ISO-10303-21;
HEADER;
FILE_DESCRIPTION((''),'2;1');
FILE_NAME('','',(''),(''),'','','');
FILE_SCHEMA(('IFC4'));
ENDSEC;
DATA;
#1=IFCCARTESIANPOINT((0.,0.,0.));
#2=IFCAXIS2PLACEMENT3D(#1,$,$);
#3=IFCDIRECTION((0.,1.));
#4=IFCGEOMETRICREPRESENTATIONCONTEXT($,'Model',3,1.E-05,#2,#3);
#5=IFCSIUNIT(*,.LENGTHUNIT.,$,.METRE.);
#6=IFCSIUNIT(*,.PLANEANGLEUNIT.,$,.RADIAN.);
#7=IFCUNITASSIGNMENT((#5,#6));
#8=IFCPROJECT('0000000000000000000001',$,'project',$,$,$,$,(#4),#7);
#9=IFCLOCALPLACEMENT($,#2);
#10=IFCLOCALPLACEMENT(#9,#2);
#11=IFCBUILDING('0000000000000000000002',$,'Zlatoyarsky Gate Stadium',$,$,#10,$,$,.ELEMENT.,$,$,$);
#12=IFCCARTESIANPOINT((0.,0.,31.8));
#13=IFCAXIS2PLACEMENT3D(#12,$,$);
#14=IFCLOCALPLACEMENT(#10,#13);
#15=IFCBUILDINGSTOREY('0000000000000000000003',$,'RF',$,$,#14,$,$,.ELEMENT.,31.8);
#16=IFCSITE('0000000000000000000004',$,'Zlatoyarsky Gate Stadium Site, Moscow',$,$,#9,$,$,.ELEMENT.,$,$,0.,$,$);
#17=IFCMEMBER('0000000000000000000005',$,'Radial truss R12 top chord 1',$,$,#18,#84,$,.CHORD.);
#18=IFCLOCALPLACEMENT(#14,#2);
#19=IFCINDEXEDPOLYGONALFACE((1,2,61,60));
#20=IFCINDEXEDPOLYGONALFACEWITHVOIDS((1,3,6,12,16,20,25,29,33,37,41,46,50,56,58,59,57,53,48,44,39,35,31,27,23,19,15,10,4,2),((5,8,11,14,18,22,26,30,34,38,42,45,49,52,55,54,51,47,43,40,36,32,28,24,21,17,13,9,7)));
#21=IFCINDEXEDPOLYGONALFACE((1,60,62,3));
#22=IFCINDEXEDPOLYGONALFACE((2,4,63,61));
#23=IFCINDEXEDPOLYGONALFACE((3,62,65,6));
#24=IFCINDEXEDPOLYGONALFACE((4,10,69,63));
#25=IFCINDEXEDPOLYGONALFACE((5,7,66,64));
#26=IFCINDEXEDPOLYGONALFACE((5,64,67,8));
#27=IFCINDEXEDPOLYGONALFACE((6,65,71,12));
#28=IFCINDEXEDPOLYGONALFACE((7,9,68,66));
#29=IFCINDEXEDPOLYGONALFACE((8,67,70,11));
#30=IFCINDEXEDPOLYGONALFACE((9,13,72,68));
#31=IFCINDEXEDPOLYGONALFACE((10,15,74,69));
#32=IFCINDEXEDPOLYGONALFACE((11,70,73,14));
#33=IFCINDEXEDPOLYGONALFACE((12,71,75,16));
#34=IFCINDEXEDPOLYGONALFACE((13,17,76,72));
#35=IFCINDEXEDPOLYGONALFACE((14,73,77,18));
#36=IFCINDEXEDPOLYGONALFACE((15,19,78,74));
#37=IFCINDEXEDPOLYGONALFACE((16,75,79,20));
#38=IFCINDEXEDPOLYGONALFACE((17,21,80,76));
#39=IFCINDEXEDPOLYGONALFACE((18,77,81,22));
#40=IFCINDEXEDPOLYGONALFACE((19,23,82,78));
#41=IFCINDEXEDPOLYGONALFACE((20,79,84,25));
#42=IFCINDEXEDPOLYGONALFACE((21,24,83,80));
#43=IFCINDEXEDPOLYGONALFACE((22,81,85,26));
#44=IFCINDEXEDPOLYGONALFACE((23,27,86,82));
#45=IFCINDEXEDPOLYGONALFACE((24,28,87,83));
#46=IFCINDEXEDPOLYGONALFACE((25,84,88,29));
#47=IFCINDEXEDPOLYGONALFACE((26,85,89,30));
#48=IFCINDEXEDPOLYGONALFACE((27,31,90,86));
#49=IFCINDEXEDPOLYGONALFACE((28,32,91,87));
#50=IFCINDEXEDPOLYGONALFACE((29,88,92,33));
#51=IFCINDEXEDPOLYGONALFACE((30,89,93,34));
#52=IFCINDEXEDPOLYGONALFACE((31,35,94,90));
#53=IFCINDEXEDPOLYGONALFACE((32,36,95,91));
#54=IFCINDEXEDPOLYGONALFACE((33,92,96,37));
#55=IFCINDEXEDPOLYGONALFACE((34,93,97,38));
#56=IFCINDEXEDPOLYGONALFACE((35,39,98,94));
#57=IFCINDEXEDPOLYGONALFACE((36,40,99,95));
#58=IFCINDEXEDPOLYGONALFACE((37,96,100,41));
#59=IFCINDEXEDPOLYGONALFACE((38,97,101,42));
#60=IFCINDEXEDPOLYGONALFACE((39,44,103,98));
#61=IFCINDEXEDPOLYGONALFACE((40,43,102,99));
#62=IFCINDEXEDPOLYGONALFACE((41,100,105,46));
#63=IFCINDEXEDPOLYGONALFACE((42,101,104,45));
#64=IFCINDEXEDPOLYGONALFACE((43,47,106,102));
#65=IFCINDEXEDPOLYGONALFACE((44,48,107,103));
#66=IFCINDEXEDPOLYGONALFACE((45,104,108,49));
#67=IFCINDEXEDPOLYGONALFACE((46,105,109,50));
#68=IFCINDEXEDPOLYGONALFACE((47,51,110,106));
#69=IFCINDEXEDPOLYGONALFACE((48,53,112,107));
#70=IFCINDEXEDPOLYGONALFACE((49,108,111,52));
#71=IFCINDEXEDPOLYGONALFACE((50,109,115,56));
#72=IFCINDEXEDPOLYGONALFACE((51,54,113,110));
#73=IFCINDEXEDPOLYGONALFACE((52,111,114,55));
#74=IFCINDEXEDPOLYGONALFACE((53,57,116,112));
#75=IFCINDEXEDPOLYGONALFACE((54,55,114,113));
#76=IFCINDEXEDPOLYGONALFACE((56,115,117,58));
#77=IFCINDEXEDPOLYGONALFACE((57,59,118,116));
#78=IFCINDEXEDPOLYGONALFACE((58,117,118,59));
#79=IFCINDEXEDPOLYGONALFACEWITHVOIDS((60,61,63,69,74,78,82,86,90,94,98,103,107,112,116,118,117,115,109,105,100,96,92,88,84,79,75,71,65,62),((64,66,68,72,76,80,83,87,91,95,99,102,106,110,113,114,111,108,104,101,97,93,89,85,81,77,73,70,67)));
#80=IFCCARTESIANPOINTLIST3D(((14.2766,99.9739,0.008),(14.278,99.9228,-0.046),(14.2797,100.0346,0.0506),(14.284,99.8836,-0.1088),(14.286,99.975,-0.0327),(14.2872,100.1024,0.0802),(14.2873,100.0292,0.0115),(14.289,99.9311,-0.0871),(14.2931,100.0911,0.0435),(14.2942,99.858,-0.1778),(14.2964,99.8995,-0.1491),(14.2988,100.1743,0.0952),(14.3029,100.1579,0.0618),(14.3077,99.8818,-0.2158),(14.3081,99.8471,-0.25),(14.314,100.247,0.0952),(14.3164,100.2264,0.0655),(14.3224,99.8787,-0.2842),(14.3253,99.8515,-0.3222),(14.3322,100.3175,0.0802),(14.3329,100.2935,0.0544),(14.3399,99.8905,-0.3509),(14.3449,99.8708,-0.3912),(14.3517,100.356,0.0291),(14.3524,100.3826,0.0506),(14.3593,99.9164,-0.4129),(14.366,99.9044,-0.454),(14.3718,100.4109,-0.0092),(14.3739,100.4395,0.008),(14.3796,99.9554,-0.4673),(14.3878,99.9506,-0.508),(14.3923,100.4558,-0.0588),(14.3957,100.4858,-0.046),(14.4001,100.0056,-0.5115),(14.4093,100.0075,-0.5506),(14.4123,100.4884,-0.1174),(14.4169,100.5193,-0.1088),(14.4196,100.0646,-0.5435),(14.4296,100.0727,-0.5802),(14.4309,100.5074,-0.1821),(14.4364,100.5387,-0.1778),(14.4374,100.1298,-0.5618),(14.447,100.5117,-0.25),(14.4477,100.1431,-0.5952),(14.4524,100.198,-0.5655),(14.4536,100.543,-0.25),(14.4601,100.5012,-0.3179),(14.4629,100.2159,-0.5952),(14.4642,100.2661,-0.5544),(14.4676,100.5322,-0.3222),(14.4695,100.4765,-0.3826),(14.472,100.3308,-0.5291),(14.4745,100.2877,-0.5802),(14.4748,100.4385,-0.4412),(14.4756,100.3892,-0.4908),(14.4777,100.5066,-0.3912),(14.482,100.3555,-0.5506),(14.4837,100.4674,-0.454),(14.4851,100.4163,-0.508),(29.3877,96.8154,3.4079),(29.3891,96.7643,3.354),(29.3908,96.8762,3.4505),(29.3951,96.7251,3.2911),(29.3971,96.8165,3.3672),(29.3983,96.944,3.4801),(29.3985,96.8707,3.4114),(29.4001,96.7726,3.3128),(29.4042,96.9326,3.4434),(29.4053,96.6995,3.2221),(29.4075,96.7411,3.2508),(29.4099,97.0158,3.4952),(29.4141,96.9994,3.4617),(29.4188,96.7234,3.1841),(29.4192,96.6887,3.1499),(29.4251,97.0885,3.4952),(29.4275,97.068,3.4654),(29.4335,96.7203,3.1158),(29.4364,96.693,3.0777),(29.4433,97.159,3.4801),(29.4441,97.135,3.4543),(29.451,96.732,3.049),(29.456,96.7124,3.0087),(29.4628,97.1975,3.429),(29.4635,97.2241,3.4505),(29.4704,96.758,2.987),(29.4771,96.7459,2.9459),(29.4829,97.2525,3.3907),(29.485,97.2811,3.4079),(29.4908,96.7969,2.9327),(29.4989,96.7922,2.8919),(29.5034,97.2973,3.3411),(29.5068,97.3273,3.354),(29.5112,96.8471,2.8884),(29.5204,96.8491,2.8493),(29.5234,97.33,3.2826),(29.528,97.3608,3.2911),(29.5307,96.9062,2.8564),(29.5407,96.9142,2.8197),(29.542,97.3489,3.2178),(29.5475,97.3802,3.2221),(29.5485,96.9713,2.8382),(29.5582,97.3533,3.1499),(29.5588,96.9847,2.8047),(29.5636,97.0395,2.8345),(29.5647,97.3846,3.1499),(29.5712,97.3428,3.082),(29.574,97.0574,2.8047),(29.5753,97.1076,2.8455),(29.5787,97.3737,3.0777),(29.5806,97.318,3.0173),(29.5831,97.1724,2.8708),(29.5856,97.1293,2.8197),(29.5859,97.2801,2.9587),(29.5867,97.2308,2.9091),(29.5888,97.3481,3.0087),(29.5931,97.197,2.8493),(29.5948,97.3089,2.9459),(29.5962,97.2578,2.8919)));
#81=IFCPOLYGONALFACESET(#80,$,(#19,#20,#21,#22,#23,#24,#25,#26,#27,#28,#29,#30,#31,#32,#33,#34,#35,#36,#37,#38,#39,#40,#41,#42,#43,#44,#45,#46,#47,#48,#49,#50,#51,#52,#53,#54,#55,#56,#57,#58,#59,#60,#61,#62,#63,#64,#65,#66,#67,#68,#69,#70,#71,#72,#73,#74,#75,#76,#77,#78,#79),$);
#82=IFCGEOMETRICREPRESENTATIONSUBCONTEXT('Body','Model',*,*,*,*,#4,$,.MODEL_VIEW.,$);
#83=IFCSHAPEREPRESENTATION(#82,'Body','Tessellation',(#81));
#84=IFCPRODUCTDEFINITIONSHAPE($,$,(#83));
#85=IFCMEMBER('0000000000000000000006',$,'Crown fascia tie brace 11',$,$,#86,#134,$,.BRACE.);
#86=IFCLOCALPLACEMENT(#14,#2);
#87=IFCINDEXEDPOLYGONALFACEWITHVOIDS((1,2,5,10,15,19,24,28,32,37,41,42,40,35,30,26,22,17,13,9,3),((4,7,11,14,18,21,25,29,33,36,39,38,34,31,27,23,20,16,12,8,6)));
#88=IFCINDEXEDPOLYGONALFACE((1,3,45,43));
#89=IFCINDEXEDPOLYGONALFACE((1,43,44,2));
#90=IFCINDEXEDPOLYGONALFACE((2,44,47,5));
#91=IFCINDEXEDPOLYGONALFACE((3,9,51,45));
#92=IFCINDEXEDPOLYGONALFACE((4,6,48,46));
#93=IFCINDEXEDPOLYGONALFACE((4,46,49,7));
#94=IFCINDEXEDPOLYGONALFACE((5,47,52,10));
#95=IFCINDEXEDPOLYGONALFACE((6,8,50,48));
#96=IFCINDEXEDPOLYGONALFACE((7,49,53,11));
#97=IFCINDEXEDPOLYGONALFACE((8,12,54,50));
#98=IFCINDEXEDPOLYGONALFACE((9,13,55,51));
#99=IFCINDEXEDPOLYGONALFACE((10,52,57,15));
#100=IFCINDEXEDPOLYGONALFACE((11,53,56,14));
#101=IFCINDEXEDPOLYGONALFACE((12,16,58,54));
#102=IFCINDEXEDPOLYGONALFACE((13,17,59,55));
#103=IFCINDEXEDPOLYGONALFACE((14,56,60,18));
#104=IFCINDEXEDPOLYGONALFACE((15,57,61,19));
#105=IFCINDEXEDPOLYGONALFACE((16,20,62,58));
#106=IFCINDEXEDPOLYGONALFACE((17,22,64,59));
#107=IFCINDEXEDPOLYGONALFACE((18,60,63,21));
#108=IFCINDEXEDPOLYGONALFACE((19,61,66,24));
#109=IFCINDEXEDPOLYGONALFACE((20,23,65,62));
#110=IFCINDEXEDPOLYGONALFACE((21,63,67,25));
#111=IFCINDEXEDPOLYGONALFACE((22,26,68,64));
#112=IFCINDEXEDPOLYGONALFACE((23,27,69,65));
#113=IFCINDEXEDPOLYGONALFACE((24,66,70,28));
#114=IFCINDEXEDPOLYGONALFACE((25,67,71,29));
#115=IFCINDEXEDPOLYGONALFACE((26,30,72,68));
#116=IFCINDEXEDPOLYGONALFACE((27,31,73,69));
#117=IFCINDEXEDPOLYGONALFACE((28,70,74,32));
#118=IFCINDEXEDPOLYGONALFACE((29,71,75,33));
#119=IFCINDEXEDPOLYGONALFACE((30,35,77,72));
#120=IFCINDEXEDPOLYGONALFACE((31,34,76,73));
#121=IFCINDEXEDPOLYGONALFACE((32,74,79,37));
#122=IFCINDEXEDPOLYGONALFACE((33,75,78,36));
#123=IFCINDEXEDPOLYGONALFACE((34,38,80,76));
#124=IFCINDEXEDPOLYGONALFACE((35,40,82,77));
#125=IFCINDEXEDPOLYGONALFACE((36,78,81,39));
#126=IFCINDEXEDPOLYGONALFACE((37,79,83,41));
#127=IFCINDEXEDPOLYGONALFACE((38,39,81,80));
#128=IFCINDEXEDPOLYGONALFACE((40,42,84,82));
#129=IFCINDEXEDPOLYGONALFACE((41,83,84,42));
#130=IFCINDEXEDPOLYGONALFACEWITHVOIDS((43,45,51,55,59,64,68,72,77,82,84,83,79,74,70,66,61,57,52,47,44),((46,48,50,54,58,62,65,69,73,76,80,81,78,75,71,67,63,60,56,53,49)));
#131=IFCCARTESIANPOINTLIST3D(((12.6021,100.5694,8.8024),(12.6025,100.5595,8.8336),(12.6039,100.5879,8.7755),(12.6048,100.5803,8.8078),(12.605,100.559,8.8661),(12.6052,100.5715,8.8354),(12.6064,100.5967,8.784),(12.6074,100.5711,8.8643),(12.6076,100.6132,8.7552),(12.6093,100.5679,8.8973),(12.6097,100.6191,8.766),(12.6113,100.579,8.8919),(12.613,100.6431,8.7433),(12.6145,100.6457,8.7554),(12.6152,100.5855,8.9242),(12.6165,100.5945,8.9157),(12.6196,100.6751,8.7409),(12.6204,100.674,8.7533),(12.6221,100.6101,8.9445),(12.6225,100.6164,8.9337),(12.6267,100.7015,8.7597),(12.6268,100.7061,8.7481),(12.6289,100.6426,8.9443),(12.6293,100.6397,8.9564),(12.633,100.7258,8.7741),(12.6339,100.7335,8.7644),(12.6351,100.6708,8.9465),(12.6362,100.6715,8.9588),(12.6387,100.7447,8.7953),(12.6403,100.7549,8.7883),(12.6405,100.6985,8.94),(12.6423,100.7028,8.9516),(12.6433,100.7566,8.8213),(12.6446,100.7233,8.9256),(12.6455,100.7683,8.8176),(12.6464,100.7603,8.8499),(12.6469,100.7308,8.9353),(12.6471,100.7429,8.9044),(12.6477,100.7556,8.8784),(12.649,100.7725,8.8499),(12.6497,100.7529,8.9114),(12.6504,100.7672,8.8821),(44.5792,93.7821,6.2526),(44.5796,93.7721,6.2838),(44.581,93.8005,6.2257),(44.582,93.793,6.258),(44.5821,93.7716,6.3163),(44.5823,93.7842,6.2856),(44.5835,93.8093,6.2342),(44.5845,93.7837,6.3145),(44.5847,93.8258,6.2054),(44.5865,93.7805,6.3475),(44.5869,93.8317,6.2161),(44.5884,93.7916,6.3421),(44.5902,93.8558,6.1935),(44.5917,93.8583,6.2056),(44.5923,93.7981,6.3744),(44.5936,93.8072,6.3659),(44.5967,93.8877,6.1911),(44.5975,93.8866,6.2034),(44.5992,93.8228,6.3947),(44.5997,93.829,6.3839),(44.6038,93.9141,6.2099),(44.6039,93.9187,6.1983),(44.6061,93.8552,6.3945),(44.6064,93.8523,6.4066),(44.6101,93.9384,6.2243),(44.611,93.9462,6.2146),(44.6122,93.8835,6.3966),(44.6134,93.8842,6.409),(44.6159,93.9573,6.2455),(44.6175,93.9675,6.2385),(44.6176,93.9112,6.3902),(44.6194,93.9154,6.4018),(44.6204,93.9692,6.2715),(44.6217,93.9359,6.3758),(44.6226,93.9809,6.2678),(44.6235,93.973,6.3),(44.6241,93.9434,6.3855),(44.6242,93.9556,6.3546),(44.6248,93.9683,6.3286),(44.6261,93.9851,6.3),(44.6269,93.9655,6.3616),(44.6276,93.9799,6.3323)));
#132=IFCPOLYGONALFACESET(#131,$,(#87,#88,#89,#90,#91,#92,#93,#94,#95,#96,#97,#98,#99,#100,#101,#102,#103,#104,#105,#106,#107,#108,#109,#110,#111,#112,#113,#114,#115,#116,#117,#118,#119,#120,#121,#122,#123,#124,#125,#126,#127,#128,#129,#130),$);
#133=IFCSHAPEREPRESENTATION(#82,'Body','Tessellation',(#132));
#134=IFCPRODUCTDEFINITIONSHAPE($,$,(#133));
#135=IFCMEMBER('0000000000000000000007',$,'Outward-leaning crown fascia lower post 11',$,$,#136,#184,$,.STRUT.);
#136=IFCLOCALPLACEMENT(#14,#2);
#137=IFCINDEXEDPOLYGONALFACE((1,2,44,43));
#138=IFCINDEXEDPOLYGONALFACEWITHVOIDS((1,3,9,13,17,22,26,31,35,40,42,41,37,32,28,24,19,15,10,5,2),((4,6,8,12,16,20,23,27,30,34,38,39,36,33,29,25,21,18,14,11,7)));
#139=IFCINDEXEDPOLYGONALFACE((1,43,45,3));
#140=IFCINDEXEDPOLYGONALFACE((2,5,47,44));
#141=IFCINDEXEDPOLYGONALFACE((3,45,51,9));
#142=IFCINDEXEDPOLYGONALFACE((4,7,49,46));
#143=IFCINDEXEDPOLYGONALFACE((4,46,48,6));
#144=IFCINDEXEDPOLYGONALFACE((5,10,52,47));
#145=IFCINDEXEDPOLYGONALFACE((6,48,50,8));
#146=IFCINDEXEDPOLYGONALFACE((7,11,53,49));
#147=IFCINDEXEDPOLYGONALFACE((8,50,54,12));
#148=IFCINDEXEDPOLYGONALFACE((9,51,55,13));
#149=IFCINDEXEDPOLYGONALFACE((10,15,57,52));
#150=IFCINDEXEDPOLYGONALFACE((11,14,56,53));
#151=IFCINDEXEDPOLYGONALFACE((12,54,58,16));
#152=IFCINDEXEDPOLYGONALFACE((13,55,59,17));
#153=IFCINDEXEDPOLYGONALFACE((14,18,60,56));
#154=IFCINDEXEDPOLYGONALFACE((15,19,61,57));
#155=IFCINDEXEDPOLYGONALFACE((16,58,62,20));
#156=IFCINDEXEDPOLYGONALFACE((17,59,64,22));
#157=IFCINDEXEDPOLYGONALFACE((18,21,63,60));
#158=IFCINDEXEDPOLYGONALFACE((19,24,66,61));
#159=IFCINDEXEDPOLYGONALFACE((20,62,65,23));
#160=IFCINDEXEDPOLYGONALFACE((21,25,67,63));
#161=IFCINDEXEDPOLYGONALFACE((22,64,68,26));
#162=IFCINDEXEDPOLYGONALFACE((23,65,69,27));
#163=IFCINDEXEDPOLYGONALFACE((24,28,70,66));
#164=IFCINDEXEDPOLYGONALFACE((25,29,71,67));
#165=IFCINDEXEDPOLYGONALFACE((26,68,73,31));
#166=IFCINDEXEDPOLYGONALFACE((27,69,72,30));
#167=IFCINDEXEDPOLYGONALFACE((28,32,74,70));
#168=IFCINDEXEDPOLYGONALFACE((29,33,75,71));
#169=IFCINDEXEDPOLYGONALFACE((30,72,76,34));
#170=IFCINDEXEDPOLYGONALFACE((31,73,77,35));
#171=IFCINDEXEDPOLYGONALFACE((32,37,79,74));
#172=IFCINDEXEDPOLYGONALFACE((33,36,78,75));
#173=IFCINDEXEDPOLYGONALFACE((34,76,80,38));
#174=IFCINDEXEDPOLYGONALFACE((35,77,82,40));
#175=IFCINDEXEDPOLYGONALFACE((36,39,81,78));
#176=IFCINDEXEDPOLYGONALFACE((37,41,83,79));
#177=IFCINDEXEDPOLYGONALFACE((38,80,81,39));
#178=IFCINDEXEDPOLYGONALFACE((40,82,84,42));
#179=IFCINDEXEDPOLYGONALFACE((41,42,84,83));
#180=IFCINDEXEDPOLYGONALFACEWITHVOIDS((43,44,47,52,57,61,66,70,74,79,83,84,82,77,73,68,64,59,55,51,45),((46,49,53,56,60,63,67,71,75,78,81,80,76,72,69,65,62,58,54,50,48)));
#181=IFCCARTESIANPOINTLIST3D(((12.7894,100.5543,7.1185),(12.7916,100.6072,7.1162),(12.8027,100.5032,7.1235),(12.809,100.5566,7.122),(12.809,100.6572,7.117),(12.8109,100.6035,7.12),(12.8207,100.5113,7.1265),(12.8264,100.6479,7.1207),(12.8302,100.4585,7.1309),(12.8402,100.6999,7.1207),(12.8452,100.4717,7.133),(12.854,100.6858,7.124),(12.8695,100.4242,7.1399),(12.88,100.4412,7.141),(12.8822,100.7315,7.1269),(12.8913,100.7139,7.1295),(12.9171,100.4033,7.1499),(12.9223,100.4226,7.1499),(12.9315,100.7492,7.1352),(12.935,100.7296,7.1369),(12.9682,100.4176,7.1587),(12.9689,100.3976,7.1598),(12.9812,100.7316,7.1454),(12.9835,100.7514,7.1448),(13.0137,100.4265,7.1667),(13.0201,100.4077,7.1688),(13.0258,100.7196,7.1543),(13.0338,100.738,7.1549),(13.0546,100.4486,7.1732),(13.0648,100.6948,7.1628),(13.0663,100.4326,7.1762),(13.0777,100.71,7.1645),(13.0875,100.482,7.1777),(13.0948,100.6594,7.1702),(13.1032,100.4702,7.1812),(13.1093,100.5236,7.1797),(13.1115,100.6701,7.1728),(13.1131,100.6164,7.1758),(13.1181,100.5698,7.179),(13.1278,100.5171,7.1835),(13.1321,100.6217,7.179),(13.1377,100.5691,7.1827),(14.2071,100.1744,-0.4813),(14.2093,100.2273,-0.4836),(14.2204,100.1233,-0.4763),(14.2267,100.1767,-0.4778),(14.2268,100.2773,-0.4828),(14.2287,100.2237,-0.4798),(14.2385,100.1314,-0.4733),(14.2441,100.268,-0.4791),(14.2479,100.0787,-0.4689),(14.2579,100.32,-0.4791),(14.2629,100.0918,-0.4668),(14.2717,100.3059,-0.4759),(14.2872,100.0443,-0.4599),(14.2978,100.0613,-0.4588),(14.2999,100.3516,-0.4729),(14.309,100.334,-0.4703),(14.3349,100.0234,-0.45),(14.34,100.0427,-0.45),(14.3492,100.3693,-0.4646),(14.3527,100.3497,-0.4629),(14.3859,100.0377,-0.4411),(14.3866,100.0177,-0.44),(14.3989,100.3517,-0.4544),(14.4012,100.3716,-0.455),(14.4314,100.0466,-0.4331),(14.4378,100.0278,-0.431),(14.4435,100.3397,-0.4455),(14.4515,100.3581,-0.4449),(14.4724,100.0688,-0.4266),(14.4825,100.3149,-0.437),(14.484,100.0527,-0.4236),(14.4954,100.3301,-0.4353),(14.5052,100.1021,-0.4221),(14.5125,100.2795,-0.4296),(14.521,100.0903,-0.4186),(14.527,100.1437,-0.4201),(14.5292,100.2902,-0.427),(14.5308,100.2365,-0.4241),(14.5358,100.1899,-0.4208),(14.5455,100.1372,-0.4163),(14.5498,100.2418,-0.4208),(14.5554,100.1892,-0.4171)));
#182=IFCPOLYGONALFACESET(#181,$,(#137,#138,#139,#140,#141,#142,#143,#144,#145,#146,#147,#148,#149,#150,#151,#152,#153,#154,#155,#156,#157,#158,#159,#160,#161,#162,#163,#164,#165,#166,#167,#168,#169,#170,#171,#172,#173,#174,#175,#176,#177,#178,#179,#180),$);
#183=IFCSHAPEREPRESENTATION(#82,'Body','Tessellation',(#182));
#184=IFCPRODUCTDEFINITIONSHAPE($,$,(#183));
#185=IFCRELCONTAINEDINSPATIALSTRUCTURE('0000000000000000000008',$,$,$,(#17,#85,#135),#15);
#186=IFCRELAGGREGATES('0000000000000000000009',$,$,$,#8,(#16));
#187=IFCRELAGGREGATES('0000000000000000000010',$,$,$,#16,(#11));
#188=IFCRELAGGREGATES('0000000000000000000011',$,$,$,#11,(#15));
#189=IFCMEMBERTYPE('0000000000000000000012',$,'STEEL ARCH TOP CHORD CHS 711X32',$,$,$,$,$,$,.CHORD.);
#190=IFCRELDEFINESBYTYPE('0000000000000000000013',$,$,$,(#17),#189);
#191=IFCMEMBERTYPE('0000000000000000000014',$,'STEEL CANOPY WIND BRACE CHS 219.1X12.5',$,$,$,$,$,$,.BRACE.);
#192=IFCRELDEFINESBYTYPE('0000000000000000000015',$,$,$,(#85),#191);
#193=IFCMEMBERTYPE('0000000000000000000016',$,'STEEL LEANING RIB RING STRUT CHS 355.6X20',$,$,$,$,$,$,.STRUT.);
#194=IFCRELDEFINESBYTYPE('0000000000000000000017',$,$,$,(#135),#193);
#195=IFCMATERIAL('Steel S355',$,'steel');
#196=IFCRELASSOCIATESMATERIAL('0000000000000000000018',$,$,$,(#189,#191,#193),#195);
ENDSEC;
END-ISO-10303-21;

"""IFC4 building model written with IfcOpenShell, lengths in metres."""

from ifc_helpers import new_model, si_unit, direction, frame, origin, origin_2d, place, context, subcontext, project, spatial, hollow_circle, extrude, material, material_profile, profile_set, type_object, element, save


model = new_model("IFC4")

# Units and contexts
model_context = context("Model", 3, precision=1e-05, world=origin(), true_north=direction((0.0, 1.0)))
body_context = subcontext(model_context, "Body", "Model", "MODEL_VIEW")
ifc_project = project(units=[si_unit("LENGTHUNIT", "METRE"), si_unit("PLANEANGLEUNIT", "RADIAN")], contexts=[model_context])

# Site, building, storey
site_placement = place(None, origin())
site = spatial("IfcSite", under=ifc_project, at=site_placement, Name="Zlatoyarsky Gate Stadium Site, Moscow", CompositionType="ELEMENT", RefElevation=0.0)
building_placement = place(site_placement, origin())
building = spatial("IfcBuilding", under=site, at=building_placement, Name="Zlatoyarsky Gate Stadium", CompositionType="ELEMENT")
storey_placement = place(building_placement, frame((0.0, 0.0, 31.8)))
storey = spatial("IfcBuildingStorey", under=building, at=storey_placement, Name="RF", CompositionType="ELEMENT", Elevation=31.8)

# Members
ifc_material_1 = material(Name="Steel S355", Category="steel")
ifc_material_profile_1 = material_profile(ifc_material_1, hollow_circle(Radius=0.3555, WallThickness=0.032, at=origin_2d()), Name="CHS 711X32")
ifc_profile_set_1 = profile_set([ifc_material_profile_1], Name="Steel S355")
member_type_1 = type_object("IfcMemberType", Name="STEEL ARCH TOP CHORD CHS 711X32", PredefinedType="CHORD", material=ifc_profile_set_1)
member_1_placement = place(storey_placement, frame((14.3809, 100.1951, -0.25), z_axis=(0.955938, -0.199806, 0.21508), x_axis=(0.204594, 0.978847, 0.0)))
element("IfcMember", 1, at=member_1_placement, inside=storey, type_object=member_type_1, Name="Radial truss R12 top chord 1", PredefinedType="CHORD", context=body_context, shape_type="SweptSolid", body=[
    extrude(hollow_circle(Radius=0.3555, WallThickness=0.032, at=origin_2d()), origin(), (0.0, 0.0, 1.0), 15.8076),
])
ifc_material_profile_2 = material_profile(ifc_material_1, hollow_circle(Radius=0.1096, WallThickness=0.0125, at=origin_2d()), Name="CHS 219.1X12.5")
ifc_profile_set_2 = profile_set([ifc_material_profile_2], Name="Steel S355")
member_type_2 = type_object("IfcMemberType", Name="STEEL CANOPY WIND BRACE CHS 219.1X12.5", PredefinedType="BRACE", material=ifc_profile_set_2)
member_2_placement = place(storey_placement, frame((12.6262, 100.6653, 8.8499), z_axis=(0.975245, -0.207003, -0.077765), x_axis=(0.207631, 0.978207, 0.0)))
element("IfcMember", 2, at=member_2_placement, inside=storey, type_object=member_type_2, Name="Crown fascia tie brace 11", PredefinedType="BRACE", context=body_context, shape_type="SweptSolid", body=[
    extrude(hollow_circle(Radius=0.1096, WallThickness=0.0125, at=origin_2d()), origin(), (0.0, 0.0, 1.0), 32.7888),
])
ifc_material_profile_3 = material_profile(ifc_material_1, hollow_circle(Radius=0.1777, WallThickness=0.02, at=origin_2d()), Name="CHS 355.6X20")
ifc_profile_set_3 = profile_set([ifc_material_profile_3], Name="Steel S355")
member_type_3 = type_object("IfcMemberType", Name="STEEL LEANING RIB RING STRUT CHS 355.6X20", PredefinedType="STRUT", material=ifc_profile_set_3)
member_3_placement = place(storey_placement, frame((14.3809, 100.1951, -0.45), z_axis=(-0.183162, 0.049079, 0.981857), x_axis=(-0.258822, -0.965925, 0.0)))
element("IfcMember", 3, at=member_3_placement, inside=storey, type_object=member_type_3, Name="Outward-leaning crown fascia lower post 11", PredefinedType="STRUT", context=body_context, shape_type="SweptSolid", body=[
    extrude(hollow_circle(Radius=0.1777, WallThickness=0.02, at=origin_2d()), origin(), (0.0, 0.0, 1.0), 7.7402),
])

save(model, "model.ifc")
